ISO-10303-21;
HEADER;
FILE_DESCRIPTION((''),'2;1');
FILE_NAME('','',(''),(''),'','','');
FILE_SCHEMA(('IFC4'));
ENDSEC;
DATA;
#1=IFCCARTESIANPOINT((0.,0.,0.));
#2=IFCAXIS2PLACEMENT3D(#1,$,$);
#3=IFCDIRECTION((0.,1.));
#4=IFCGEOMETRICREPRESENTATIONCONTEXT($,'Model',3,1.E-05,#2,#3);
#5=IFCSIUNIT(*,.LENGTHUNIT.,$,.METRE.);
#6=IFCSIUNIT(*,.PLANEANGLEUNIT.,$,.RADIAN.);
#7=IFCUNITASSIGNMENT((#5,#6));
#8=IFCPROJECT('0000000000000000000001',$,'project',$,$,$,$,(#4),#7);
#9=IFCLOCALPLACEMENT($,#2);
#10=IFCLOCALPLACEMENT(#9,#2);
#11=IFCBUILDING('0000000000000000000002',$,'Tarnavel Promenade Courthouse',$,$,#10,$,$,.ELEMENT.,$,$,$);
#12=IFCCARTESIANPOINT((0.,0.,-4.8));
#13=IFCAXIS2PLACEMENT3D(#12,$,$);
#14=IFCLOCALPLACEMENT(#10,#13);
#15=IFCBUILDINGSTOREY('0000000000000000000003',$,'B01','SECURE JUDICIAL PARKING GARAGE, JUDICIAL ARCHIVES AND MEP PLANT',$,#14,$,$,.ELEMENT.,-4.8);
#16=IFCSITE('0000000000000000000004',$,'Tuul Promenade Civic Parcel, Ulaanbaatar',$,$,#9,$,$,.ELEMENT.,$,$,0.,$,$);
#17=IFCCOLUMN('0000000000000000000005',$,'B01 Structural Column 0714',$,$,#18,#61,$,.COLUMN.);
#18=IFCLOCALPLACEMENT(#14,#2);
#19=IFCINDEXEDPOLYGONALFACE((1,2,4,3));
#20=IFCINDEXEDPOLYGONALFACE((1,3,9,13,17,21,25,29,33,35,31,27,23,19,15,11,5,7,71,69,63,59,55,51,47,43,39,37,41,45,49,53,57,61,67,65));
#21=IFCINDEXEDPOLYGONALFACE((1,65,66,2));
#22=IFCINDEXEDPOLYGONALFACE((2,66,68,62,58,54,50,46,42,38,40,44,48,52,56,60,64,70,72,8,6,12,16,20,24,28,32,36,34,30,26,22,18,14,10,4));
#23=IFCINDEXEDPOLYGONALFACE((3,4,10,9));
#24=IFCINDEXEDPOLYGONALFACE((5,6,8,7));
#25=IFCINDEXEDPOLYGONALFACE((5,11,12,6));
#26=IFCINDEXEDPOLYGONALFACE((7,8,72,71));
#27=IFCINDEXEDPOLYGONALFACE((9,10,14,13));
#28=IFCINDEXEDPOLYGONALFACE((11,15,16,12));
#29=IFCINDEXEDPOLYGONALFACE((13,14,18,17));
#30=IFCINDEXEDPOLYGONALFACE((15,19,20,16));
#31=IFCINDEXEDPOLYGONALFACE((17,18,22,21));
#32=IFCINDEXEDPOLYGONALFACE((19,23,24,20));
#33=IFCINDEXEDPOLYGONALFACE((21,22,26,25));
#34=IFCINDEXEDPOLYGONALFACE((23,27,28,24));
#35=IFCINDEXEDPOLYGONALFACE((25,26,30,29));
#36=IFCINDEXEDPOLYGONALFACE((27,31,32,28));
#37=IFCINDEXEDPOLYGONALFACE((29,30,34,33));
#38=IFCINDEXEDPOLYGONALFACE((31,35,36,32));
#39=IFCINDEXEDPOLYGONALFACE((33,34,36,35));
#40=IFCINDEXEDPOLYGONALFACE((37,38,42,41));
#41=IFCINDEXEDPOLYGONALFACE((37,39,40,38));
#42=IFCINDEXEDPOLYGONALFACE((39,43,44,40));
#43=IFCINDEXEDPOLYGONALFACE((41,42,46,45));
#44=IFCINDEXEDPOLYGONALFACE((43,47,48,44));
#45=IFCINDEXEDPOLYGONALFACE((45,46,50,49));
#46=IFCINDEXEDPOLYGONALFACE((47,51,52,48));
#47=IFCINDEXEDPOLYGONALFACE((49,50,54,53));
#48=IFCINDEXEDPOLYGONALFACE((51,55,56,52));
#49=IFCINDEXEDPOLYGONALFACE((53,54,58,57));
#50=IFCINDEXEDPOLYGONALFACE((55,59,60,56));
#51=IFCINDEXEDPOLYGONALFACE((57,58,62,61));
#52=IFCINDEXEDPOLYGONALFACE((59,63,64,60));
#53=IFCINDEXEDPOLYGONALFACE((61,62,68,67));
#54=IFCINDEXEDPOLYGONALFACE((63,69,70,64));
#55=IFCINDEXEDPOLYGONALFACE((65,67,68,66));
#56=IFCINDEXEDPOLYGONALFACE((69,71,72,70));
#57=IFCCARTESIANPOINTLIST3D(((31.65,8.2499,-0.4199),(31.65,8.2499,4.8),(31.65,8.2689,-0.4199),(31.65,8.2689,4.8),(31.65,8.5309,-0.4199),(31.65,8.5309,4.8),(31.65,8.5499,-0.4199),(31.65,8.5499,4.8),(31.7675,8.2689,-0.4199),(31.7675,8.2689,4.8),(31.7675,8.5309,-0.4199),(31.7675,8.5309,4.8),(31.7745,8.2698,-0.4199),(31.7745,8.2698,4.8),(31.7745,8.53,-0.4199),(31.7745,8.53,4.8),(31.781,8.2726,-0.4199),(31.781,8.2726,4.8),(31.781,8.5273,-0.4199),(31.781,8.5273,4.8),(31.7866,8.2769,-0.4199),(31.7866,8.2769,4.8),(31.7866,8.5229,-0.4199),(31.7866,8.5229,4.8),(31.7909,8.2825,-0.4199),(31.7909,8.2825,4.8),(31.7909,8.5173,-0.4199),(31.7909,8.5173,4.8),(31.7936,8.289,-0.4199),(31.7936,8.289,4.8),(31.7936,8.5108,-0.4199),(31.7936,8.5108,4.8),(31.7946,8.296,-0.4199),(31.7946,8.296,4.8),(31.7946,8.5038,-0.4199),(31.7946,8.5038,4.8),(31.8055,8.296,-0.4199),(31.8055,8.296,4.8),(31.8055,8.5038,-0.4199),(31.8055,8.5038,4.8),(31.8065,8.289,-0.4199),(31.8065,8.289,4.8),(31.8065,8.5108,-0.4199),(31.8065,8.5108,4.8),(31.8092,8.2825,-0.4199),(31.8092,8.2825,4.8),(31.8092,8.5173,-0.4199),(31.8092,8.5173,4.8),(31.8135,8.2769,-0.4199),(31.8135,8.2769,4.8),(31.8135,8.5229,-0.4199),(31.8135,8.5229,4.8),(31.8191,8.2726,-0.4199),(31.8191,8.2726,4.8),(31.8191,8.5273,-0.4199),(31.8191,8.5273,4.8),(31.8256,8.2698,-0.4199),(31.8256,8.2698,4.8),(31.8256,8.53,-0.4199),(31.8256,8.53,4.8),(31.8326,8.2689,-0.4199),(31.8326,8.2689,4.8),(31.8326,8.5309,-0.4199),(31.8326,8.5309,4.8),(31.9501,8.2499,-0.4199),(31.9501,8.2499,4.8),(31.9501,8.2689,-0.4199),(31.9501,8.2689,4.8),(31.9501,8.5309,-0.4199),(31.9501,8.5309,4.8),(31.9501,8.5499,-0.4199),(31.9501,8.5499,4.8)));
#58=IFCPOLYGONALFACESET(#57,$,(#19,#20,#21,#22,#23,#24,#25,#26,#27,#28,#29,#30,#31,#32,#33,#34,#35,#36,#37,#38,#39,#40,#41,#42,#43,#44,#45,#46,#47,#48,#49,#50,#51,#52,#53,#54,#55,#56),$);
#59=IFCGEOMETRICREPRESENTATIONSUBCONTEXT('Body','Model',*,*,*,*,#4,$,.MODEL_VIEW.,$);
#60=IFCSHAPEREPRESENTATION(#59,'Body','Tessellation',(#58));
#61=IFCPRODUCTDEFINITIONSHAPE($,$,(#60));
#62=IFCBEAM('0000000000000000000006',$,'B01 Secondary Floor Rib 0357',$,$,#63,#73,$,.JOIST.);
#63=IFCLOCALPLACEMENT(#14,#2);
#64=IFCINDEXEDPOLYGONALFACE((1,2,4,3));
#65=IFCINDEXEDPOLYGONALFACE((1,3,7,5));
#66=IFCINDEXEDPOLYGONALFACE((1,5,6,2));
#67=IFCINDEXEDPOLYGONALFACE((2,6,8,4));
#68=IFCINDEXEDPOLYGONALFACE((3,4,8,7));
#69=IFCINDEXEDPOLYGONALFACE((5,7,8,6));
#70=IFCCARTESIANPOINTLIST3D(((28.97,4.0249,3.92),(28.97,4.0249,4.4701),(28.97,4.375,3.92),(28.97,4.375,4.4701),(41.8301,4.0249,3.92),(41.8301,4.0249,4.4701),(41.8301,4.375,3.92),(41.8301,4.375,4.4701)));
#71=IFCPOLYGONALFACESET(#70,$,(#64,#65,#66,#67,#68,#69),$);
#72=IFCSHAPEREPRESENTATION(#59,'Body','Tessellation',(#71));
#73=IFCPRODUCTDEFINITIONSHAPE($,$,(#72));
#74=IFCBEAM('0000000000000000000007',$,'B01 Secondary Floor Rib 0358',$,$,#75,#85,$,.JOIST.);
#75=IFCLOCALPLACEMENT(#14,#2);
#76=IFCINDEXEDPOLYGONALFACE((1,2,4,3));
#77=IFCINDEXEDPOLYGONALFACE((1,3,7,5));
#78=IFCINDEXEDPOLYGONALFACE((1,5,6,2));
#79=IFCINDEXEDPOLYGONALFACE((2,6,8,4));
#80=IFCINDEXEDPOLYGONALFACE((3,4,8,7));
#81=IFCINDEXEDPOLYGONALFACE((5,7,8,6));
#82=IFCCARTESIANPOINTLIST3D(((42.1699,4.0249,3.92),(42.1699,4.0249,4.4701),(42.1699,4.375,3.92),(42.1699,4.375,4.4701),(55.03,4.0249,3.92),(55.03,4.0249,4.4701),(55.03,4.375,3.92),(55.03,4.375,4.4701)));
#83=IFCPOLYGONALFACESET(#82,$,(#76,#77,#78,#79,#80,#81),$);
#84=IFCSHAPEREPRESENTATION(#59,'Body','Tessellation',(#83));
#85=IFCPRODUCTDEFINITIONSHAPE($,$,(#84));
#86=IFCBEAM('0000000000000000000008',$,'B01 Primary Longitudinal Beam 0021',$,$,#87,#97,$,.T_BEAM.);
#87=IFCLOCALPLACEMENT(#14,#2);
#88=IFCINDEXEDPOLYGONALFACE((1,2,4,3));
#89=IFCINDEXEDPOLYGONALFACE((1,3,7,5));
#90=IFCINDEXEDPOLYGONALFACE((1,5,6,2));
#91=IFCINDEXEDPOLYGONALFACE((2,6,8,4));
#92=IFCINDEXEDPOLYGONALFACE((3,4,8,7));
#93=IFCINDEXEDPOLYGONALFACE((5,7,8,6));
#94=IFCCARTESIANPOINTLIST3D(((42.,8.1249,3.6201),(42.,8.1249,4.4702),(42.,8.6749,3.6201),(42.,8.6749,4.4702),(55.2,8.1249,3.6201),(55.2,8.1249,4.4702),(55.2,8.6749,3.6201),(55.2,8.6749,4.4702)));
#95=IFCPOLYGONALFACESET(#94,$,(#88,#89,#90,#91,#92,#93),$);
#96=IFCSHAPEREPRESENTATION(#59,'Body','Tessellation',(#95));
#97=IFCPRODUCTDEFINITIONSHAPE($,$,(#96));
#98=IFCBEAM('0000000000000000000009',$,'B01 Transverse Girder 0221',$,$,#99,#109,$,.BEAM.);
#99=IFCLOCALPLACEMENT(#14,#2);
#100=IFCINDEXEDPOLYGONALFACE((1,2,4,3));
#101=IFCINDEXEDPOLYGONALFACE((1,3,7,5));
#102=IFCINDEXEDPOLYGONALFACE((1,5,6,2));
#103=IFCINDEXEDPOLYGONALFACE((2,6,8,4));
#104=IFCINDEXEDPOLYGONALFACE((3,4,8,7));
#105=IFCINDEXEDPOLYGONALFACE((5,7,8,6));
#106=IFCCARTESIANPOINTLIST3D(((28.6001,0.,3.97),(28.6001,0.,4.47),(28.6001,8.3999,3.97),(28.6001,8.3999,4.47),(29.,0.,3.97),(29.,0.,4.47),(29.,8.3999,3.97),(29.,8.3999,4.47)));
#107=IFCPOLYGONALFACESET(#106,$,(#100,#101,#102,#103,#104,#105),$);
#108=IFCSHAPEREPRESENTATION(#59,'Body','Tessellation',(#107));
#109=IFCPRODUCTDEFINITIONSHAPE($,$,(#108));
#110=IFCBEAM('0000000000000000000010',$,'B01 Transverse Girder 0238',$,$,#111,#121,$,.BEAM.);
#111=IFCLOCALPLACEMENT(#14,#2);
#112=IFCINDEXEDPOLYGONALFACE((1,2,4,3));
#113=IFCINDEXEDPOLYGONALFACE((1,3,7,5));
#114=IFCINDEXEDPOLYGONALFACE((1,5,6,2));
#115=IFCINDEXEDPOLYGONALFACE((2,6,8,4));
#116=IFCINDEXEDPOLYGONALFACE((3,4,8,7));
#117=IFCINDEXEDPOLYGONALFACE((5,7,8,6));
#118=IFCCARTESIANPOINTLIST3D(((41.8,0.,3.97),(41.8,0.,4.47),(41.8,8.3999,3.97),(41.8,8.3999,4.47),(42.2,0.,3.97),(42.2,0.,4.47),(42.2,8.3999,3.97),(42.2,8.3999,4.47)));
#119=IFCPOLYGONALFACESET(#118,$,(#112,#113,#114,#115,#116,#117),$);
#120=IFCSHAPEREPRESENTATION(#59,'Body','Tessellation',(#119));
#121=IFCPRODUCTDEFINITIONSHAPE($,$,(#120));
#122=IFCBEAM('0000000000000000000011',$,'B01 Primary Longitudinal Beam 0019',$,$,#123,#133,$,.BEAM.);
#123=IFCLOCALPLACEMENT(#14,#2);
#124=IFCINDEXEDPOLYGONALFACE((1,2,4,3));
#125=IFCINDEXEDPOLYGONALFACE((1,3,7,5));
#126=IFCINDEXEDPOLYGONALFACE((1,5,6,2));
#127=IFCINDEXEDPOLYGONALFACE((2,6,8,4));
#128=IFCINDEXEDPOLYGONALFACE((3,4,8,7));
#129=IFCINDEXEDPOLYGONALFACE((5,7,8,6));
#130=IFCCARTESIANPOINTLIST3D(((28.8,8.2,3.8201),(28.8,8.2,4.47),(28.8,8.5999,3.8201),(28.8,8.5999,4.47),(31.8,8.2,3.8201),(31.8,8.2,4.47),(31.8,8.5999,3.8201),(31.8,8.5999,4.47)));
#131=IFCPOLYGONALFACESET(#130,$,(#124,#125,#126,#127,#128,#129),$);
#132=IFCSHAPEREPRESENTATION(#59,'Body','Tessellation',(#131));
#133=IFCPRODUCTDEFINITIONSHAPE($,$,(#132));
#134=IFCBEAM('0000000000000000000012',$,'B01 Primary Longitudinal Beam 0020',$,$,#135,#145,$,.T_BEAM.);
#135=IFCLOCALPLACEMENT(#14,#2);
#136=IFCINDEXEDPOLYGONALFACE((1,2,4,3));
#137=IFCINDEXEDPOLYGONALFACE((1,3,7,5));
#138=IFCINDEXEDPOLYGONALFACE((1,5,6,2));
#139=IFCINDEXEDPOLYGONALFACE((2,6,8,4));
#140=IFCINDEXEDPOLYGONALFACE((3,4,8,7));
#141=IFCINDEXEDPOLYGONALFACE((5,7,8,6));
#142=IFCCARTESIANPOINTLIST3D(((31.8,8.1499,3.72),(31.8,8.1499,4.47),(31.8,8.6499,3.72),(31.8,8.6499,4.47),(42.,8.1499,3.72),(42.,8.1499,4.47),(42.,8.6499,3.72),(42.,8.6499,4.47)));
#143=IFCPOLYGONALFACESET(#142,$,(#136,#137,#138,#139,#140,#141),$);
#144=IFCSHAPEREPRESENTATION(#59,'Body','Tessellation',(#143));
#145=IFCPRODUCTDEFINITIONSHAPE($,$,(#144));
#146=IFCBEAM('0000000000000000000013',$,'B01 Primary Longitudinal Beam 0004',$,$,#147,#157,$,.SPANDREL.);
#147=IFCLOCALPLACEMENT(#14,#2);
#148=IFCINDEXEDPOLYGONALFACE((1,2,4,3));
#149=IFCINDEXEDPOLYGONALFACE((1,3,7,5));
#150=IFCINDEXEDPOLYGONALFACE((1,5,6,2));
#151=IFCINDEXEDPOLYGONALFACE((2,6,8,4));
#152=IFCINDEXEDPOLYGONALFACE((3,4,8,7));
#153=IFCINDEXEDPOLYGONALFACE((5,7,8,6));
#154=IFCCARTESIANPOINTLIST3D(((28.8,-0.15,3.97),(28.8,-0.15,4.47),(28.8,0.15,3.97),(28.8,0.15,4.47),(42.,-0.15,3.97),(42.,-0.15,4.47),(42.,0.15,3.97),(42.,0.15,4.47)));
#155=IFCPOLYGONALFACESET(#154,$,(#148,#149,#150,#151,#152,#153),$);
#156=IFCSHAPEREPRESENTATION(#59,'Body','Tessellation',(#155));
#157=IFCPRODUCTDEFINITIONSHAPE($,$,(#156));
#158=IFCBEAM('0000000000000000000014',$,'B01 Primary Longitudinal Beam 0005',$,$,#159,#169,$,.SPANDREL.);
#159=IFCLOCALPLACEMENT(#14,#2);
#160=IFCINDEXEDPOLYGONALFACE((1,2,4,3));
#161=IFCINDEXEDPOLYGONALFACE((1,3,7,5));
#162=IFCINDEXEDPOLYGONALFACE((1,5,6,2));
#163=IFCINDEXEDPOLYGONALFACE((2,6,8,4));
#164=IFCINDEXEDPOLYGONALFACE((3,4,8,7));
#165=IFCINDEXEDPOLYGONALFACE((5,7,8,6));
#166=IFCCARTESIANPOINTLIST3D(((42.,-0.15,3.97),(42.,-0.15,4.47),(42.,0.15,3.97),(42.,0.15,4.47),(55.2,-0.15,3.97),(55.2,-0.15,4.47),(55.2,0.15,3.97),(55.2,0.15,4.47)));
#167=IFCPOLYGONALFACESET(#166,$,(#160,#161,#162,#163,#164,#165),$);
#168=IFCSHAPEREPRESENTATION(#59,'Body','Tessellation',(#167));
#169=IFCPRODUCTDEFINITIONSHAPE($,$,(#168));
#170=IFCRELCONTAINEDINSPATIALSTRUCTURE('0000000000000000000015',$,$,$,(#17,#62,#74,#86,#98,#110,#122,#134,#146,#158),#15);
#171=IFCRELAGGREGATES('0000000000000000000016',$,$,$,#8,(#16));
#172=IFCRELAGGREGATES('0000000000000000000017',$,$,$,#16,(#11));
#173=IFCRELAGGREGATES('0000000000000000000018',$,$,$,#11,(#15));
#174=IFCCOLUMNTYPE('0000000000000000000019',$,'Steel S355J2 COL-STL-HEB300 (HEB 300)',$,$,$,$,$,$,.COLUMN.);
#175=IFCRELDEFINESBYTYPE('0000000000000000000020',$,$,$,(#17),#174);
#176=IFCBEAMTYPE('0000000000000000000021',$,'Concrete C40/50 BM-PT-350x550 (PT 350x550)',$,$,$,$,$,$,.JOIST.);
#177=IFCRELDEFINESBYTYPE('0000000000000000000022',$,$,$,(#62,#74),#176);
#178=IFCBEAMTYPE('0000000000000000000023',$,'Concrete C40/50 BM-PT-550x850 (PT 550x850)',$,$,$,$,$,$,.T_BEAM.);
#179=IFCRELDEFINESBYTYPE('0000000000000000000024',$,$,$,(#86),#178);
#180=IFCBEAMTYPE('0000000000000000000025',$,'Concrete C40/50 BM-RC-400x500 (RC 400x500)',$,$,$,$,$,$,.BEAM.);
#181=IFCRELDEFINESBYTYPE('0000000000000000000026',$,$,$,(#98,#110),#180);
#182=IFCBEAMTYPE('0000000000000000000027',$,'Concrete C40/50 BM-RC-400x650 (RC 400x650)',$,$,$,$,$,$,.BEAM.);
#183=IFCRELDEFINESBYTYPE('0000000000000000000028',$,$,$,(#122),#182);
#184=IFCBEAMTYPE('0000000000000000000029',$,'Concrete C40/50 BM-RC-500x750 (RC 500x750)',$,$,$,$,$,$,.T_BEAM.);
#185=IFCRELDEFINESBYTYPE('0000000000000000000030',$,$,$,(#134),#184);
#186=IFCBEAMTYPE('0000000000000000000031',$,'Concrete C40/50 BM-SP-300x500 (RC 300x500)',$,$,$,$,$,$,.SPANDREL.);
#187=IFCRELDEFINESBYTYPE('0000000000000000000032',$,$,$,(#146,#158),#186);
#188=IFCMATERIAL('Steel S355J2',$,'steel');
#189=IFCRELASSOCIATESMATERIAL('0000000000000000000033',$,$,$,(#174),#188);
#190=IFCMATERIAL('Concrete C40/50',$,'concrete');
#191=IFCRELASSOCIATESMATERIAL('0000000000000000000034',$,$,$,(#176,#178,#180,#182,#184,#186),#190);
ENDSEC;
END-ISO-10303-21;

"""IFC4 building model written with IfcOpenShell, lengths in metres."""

from ifc_helpers import new_model, si_unit, direction, frame, origin, origin_2d, place, context, subcontext, project, spatial, rectangle, i_section, extrude, material, material_profile, profile_set, type_object, element, save


model = new_model("IFC4")

# Units and contexts
model_context = context("Model", 3, precision=1e-05, world=origin(), true_north=direction((0.0, 1.0)))
body_context = subcontext(model_context, "Body", "Model", "MODEL_VIEW")
ifc_project = project(units=[si_unit("LENGTHUNIT", "METRE"), si_unit("PLANEANGLEUNIT", "RADIAN")], contexts=[model_context])

# Site, building, storey
site_placement = place(None, origin())
site = spatial("IfcSite", under=ifc_project, at=site_placement, Name="Tuul Promenade Civic Parcel, Ulaanbaatar", CompositionType="ELEMENT", RefElevation=0.0)
building_placement = place(site_placement, origin())
building = spatial("IfcBuilding", under=site, at=building_placement, Name="Tarnavel Promenade Courthouse", CompositionType="ELEMENT")
storey_placement = place(building_placement, frame((0.0, 0.0, -4.8)))
storey = spatial("IfcBuildingStorey", under=building, at=storey_placement, Name="B01", Description="SECURE JUDICIAL PARKING GARAGE, JUDICIAL ARCHIVES AND MEP PLANT", CompositionType="ELEMENT", Elevation=-4.8)

# Column
ifc_material_1 = material(Name="Concrete C40/50", Category="concrete")
ifc_material_2 = material(Name="Steel S355J2", Category="steel")
ifc_material_profile_1 = material_profile(ifc_material_2, i_section(OverallWidth=0.3, OverallDepth=0.3, WebThickness=0.011, FlangeThickness=0.019, FilletRadius=0.0271, at=origin_2d()), Name="HEB 300")
ifc_profile_set_1 = profile_set([ifc_material_profile_1], Name="Steel S355J2")
column_type_1 = type_object("IfcColumnType", Name="Steel S355J2 COL-STL-HEB300 (HEB 300)", PredefinedType="COLUMN", material=ifc_profile_set_1)
column_placement = place(storey_placement, frame((31.8, 8.3999, -0.4199), z_axis=(0.0, 0.0, 1.0), x_axis=(1.0, 0.0, 0.0)))
element("IfcColumn", 1, at=column_placement, inside=storey, type_object=column_type_1, Name="B01 Structural Column 0714", PredefinedType="COLUMN", context=body_context, shape_type="SweptSolid", body=[
    extrude(i_section(OverallWidth=0.3, OverallDepth=0.3, WebThickness=0.011, FlangeThickness=0.019, FilletRadius=0.0271, at=origin_2d()), origin(), (0.0, 0.0, 1.0), 5.22),
])

# Beams
ifc_material_profile_2 = material_profile(ifc_material_1, rectangle(XDim=0.3501, YDim=0.55, at=origin_2d()), Name="PT 350x550")
ifc_profile_set_2 = profile_set([ifc_material_profile_2], Name="Concrete C40/50")
beam_type_1 = type_object("IfcBeamType", Name="Concrete C40/50 BM-PT-350x550 (PT 350x550)", PredefinedType="JOIST", material=ifc_profile_set_2)
for number, where, z_axis, x_axis, name in (
    (2, (28.97, 4.2, 4.1951), (1.0, 0.0, 0.0), (0.0, 1.0, 0.0), "B01 Secondary Floor Rib 0357"),
    (3, (42.1699, 4.2, 4.1951), (1.0, 0.0, 0.0), (0.0, 1.0, 0.0), "B01 Secondary Floor Rib 0358"),
):
    element("IfcBeam", number, at=place(storey_placement, frame(where, z_axis=z_axis, x_axis=x_axis)), inside=storey, type_object=beam_type_1, Name=name, PredefinedType="JOIST", context=body_context, shape_type="SweptSolid", body=[
        extrude(rectangle(XDim=0.3501, YDim=0.55, at=origin_2d()), origin(), (0.0, 0.0, 1.0), 12.8601),
    ])
ifc_material_profile_3 = material_profile(ifc_material_1, rectangle(XDim=0.55, YDim=0.8501, at=origin_2d()), Name="PT 550x850")
ifc_profile_set_3 = profile_set([ifc_material_profile_3], Name="Concrete C40/50")
beam_type_2 = type_object("IfcBeamType", Name="Concrete C40/50 BM-PT-550x850 (PT 550x850)", PredefinedType="T_BEAM", material=ifc_profile_set_3)
beam_1_placement = place(storey_placement, frame((42.0, 8.3999, 4.0452), z_axis=(1.0, 0.0, 0.0), x_axis=(0.0, 1.0, 0.0)))
element("IfcBeam", 4, at=beam_1_placement, inside=storey, type_object=beam_type_2, Name="B01 Primary Longitudinal Beam 0021", PredefinedType="T_BEAM", context=body_context, shape_type="SweptSolid", body=[
    extrude(rectangle(XDim=0.55, YDim=0.8501, at=origin_2d()), origin(), (0.0, 0.0, 1.0), 13.2),
])
ifc_material_profile_4 = material_profile(ifc_material_1, rectangle(XDim=0.3999, YDim=0.5, at=origin_2d()), Name="RC 400x500")
ifc_profile_set_4 = profile_set([ifc_material_profile_4], Name="Concrete C40/50")
beam_type_3 = type_object("IfcBeamType", Name="Concrete C40/50 BM-RC-400x500 (RC 400x500)", PredefinedType="BEAM", material=ifc_profile_set_4)
for number, where, z_axis, x_axis, name in (
    (5, (28.8, 0.0, 4.22), (0.0, 1.0, 0.0), (-1.0, 0.0, 0.0), "B01 Transverse Girder 0221"),
    (6, (42.0, 0.0, 4.22), (0.0, 1.0, 0.0), (-1.0, 0.0, 0.0), "B01 Transverse Girder 0238"),
):
    element("IfcBeam", number, at=place(storey_placement, frame(where, z_axis=z_axis, x_axis=x_axis)), inside=storey, type_object=beam_type_3, Name=name, PredefinedType="BEAM", context=body_context, shape_type="SweptSolid", body=[
        extrude(rectangle(XDim=0.3999, YDim=0.5, at=origin_2d()), origin(), (0.0, 0.0, 1.0), 8.3999),
    ])
ifc_material_profile_5 = material_profile(ifc_material_1, rectangle(XDim=0.3999, YDim=0.6499, at=origin_2d()), Name="RC 400x650")
ifc_profile_set_5 = profile_set([ifc_material_profile_5], Name="Concrete C40/50")
beam_type_4 = type_object("IfcBeamType", Name="Concrete C40/50 BM-RC-400x650 (RC 400x650)", PredefinedType="BEAM", material=ifc_profile_set_5)
beam_2_placement = place(storey_placement, frame((28.8, 8.3999, 4.145), z_axis=(1.0, 0.0, 0.0), x_axis=(0.0, 1.0, 0.0)))
element("IfcBeam", 7, at=beam_2_placement, inside=storey, type_object=beam_type_4, Name="B01 Primary Longitudinal Beam 0019", PredefinedType="BEAM", context=body_context, shape_type="SweptSolid", body=[
    extrude(rectangle(XDim=0.3999, YDim=0.6499, at=origin_2d()), origin(), (0.0, 0.0, 1.0), 3.0),
])
ifc_material_profile_6 = material_profile(ifc_material_1, rectangle(XDim=0.5, YDim=0.75, at=origin_2d()), Name="RC 500x750")
ifc_profile_set_6 = profile_set([ifc_material_profile_6], Name="Concrete C40/50")
beam_type_5 = type_object("IfcBeamType", Name="Concrete C40/50 BM-RC-500x750 (RC 500x750)", PredefinedType="T_BEAM", material=ifc_profile_set_6)
beam_3_placement = place(storey_placement, frame((31.8, 8.3999, 4.095), z_axis=(1.0, 0.0, 0.0), x_axis=(0.0, 1.0, 0.0)))
element("IfcBeam", 8, at=beam_3_placement, inside=storey, type_object=beam_type_5, Name="B01 Primary Longitudinal Beam 0020", PredefinedType="T_BEAM", context=body_context, shape_type="SweptSolid", body=[
    extrude(rectangle(XDim=0.5, YDim=0.75, at=origin_2d()), origin(), (0.0, 0.0, 1.0), 10.2),
])
ifc_material_profile_7 = material_profile(ifc_material_1, rectangle(XDim=0.3, YDim=0.5, at=origin_2d()), Name="RC 300x500")
ifc_profile_set_7 = profile_set([ifc_material_profile_7], Name="Concrete C40/50")
beam_type_6 = type_object("IfcBeamType", Name="Concrete C40/50 BM-SP-300x500 (RC 300x500)", PredefinedType="SPANDREL", material=ifc_profile_set_7)
for number, where, z_axis, x_axis, name in (
    (9, (28.8, 0.0, 4.22), (1.0, 0.0, 0.0), (0.0, 1.0, 0.0), "B01 Primary Longitudinal Beam 0004"),
    (10, (42.0, 0.0, 4.22), (1.0, 0.0, 0.0), (0.0, 1.0, 0.0), "B01 Primary Longitudinal Beam 0005"),
):
    element("IfcBeam", number, at=place(storey_placement, frame(where, z_axis=z_axis, x_axis=x_axis)), inside=storey, type_object=beam_type_6, Name=name, PredefinedType="SPANDREL", context=body_context, shape_type="SweptSolid", body=[
        extrude(rectangle(XDim=0.3, YDim=0.5, at=origin_2d()), origin(), (0.0, 0.0, 1.0), 13.2),
    ])

save(model, "model.ifc")
